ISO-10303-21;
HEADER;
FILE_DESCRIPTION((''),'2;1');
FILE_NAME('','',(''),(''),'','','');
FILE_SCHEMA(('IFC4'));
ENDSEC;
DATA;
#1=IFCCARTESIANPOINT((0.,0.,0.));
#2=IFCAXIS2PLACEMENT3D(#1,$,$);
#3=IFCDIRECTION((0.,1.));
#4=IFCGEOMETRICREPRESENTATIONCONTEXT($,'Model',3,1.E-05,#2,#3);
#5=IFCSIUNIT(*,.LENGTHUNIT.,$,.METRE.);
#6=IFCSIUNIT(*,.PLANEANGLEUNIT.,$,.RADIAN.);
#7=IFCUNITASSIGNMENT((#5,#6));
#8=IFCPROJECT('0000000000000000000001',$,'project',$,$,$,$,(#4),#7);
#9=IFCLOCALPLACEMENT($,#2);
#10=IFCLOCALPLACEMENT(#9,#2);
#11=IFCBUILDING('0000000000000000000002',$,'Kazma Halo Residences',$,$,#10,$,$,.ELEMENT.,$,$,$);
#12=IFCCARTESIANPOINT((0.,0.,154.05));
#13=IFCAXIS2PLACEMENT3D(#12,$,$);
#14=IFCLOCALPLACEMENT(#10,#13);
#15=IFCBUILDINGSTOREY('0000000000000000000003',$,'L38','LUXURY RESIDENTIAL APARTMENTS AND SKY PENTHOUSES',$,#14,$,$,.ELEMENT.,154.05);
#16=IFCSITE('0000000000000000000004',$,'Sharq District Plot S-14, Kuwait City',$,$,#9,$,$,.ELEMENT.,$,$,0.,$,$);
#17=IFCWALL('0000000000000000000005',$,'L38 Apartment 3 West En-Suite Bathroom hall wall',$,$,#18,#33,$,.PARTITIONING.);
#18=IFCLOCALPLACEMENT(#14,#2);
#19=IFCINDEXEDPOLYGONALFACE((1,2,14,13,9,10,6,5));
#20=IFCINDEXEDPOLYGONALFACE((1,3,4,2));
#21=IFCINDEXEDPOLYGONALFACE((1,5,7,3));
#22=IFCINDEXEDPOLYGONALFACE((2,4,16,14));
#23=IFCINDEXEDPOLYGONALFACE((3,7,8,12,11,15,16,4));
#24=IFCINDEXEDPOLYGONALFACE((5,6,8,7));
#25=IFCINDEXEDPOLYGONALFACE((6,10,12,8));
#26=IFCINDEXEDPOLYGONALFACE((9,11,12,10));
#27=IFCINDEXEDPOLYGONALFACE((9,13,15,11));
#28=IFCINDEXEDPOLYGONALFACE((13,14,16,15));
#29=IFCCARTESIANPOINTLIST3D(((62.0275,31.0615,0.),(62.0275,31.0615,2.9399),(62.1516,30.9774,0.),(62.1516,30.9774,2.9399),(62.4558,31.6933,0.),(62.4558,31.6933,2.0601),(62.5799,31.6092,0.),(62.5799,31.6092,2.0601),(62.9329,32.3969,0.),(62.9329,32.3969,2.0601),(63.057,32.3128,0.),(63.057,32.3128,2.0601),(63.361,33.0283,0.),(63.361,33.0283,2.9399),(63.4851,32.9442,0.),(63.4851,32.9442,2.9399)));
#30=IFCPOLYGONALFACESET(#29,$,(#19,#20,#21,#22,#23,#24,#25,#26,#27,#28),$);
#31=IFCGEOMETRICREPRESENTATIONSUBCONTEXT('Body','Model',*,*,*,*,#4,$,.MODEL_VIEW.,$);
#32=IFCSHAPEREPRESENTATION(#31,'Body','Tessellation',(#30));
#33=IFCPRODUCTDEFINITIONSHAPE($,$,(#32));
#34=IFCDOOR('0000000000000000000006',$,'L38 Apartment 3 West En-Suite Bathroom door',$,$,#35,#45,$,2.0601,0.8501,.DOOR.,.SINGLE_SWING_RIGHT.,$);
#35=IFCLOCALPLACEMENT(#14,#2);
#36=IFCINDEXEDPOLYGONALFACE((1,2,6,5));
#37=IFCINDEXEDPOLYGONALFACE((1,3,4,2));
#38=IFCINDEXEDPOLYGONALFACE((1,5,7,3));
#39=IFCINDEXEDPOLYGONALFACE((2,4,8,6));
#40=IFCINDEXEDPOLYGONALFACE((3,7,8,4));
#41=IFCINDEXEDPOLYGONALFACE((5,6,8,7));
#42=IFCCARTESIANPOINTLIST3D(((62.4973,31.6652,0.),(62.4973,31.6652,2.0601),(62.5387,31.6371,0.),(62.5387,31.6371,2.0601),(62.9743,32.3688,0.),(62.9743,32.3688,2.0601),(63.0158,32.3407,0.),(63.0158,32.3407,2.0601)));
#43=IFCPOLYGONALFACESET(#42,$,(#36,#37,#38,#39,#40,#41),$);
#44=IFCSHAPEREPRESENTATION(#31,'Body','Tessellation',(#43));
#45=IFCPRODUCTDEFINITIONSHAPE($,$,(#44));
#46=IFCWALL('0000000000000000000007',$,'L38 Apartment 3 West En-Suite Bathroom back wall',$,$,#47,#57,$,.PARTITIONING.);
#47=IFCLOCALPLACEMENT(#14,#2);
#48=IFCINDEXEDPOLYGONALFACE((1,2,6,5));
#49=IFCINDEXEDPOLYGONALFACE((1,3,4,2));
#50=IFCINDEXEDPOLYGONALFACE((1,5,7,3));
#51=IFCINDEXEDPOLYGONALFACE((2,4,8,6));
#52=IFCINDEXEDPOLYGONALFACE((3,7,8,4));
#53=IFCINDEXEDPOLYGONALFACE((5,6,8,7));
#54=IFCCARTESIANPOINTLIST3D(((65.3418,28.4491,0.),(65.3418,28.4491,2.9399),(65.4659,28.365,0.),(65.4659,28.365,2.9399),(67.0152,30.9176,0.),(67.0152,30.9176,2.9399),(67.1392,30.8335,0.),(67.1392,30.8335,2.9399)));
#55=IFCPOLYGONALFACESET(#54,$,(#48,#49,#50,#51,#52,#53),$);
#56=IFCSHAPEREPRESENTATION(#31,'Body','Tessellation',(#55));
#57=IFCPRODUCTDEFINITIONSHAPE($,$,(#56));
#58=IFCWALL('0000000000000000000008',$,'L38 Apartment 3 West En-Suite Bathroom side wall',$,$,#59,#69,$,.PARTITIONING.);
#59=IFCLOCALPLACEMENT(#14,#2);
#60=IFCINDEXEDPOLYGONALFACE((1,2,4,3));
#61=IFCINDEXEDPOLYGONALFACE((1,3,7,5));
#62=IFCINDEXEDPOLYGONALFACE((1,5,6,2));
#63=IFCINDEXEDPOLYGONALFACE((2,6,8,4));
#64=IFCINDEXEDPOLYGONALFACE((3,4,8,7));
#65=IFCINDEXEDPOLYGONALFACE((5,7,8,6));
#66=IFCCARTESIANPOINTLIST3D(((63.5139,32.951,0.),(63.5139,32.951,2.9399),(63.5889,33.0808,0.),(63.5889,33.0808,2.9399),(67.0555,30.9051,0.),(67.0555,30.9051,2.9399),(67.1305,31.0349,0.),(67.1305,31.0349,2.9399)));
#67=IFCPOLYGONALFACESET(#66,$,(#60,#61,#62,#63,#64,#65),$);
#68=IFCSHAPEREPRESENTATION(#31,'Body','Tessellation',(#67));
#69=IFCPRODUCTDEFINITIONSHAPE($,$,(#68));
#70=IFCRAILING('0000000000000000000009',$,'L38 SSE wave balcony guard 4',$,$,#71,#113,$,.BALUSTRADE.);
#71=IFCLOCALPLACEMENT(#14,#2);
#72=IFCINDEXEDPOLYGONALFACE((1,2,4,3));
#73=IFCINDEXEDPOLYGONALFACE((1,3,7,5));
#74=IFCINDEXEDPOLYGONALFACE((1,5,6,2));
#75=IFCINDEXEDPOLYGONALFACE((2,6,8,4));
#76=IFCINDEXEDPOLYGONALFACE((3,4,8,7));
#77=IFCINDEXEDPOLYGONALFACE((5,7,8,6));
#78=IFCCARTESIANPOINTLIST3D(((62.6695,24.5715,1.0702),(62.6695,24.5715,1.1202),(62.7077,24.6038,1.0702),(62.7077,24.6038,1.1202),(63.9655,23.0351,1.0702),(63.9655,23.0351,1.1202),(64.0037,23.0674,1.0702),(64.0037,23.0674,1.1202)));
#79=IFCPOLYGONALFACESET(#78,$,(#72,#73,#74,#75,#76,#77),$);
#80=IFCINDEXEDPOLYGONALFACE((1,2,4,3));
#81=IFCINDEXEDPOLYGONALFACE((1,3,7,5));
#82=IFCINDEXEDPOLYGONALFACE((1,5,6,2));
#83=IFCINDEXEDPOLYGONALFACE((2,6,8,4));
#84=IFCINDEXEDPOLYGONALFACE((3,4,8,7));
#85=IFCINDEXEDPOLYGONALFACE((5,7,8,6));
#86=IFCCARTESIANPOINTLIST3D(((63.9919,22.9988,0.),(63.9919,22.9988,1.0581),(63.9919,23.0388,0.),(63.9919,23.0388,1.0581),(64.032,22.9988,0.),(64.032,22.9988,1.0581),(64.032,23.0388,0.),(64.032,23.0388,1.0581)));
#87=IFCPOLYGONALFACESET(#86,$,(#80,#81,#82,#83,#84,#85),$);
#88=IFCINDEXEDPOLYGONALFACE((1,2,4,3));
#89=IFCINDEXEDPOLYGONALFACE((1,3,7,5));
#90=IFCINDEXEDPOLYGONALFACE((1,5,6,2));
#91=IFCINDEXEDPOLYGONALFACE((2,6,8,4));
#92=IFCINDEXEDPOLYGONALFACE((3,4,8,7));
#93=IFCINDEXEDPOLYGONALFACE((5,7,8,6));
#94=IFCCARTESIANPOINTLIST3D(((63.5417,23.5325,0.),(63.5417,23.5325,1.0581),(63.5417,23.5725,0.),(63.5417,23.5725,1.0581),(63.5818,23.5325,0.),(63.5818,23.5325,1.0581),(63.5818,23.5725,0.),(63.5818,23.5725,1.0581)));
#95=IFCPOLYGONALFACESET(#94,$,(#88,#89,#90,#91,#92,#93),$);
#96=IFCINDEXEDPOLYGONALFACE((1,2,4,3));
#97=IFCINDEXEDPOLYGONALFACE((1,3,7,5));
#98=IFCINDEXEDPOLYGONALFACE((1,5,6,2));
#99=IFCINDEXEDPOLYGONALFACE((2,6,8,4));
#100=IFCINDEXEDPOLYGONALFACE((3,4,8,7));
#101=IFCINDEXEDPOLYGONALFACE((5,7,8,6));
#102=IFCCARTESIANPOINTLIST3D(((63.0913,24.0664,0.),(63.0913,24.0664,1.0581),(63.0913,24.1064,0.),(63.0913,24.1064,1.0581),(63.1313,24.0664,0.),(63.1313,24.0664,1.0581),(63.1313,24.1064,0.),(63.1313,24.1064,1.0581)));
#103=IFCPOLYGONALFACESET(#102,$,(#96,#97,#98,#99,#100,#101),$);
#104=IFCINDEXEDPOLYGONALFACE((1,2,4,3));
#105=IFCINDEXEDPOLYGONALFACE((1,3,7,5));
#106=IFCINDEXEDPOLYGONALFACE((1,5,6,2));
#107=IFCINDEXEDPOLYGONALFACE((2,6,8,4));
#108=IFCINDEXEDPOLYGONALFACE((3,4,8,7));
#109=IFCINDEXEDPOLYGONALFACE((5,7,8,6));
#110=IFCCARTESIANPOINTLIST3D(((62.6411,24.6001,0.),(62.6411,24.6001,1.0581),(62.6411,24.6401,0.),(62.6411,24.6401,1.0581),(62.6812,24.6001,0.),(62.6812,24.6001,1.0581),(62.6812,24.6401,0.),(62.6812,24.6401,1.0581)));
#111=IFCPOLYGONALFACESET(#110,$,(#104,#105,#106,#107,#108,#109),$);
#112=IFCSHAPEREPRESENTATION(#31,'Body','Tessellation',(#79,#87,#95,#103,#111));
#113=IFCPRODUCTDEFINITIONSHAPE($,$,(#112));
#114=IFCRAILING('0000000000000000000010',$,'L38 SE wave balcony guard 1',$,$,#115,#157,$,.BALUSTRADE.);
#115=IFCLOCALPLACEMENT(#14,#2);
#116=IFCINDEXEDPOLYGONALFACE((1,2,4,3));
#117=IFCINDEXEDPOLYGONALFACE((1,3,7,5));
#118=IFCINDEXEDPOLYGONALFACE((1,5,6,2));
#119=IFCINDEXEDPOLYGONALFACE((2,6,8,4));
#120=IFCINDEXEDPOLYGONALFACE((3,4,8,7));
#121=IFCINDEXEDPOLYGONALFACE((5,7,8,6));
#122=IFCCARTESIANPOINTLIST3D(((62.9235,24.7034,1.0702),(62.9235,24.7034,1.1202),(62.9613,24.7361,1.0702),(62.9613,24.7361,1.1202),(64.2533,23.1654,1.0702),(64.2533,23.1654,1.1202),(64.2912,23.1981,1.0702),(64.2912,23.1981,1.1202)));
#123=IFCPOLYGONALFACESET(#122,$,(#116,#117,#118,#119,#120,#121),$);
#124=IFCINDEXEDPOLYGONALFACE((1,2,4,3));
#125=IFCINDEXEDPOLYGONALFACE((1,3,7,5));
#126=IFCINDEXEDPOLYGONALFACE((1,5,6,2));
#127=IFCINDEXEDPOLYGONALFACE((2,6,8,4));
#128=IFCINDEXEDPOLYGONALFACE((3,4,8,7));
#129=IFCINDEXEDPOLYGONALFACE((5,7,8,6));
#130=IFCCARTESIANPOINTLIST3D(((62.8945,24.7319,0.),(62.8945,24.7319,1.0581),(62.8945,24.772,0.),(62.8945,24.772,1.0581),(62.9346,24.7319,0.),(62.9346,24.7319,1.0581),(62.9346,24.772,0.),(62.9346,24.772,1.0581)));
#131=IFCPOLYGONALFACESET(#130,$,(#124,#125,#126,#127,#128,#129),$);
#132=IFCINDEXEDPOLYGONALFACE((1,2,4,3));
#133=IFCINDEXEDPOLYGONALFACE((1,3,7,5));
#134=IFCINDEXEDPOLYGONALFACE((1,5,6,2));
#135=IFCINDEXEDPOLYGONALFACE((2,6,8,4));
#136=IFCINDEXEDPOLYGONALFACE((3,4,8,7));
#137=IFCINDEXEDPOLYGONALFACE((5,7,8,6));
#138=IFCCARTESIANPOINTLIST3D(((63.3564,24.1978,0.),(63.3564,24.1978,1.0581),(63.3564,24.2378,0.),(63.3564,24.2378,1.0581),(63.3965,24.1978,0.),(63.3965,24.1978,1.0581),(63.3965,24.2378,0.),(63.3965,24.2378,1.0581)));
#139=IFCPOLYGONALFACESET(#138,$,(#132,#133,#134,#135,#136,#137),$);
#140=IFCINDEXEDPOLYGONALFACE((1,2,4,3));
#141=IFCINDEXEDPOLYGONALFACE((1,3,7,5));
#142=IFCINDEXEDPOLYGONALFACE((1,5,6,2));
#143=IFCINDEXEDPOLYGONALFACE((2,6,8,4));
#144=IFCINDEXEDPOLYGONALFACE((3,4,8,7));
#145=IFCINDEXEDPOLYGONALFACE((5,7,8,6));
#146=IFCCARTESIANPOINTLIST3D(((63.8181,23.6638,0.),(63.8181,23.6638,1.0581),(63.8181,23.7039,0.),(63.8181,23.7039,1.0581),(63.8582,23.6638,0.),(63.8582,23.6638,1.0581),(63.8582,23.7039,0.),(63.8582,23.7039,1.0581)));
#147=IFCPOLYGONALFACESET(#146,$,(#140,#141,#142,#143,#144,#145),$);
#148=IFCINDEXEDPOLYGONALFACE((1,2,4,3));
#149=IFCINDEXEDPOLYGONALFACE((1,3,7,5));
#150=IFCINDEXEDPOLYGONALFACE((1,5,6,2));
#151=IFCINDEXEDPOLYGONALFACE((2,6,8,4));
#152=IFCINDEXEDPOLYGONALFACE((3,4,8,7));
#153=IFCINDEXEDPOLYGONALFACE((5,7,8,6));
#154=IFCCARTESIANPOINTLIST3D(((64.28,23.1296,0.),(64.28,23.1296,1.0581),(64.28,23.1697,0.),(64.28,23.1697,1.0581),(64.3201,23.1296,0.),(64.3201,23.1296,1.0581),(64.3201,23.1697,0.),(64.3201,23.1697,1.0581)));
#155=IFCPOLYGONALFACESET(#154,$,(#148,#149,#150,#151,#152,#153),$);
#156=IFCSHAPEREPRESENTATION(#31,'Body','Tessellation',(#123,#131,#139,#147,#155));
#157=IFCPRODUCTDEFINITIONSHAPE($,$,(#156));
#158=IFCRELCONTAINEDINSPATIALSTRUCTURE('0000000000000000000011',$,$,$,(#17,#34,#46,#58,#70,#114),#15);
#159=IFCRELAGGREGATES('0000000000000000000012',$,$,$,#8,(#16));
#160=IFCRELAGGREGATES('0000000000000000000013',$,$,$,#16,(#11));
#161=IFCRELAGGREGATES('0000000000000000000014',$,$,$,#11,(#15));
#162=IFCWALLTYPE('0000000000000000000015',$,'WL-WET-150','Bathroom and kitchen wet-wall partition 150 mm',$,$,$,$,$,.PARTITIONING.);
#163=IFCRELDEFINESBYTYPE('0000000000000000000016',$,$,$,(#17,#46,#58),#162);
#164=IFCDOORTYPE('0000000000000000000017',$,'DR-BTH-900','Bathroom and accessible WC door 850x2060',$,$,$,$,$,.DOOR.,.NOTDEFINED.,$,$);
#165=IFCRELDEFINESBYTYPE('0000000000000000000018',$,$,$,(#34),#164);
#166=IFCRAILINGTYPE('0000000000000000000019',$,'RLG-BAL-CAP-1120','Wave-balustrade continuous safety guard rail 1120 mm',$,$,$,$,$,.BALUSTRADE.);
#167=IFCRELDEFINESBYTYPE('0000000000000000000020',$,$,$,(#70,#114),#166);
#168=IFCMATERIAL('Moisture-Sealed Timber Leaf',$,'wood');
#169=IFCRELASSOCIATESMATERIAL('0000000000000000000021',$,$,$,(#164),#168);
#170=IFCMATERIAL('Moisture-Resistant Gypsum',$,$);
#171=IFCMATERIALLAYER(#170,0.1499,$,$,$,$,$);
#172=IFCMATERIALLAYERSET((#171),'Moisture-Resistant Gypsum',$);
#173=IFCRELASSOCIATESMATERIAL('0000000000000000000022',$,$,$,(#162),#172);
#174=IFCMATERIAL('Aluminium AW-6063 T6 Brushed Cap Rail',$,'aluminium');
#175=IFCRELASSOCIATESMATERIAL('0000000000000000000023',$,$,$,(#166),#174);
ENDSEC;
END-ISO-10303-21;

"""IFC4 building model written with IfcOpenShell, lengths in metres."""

from ifc_helpers import new_model, si_unit, direction, frame, frame_2d, origin, origin_2d, place, context, subcontext, project, spatial, rectangle, extrude, material, layer, layer_set, type_object, element, fill, save


model = new_model("IFC4")

# Units and contexts
model_context = context("Model", 3, precision=1e-05, world=origin(), true_north=direction((0.0, 1.0)))
body_context = subcontext(model_context, "Body", "Model", "MODEL_VIEW")
ifc_project = project(units=[si_unit("LENGTHUNIT", "METRE"), si_unit("PLANEANGLEUNIT", "RADIAN")], contexts=[model_context])

# Site, building, storey
site_placement = place(None, origin())
site = spatial("IfcSite", under=ifc_project, at=site_placement, Name="Sharq District Plot S-14, Kuwait City", CompositionType="ELEMENT", RefElevation=0.0)
building_placement = place(site_placement, origin())
building = spatial("IfcBuilding", under=site, at=building_placement, Name="Kazma Halo Residences", CompositionType="ELEMENT")
storey_placement = place(building_placement, frame((0.0, 0.0, 154.05)))
storey = spatial("IfcBuildingStorey", under=building, at=storey_placement, Name="L38", Description="LUXURY RESIDENTIAL APARTMENTS AND SKY PENTHOUSES", CompositionType="ELEMENT", Elevation=154.05)

# Wall, opening, door
ifc_material_1 = material(Name="Moisture-Sealed Timber Leaf", Category="wood")
door_type_1 = type_object("IfcDoorType", Name="DR-BTH-900", Description="Bathroom and accessible WC door 850x2060", OperationType="NOTDEFINED", PredefinedType="DOOR", material=ifc_material_1)
ifc_material_2 = material(Name="Moisture-Resistant Gypsum")
ifc_layer_1 = layer(ifc_material_2, 0.1499)
ifc_layer_set_1 = layer_set([ifc_layer_1], Name="Moisture-Resistant Gypsum")
wall_type_1 = type_object("IfcWallType", Name="WL-WET-150", Description="Bathroom and kitchen wet-wall partition 150 mm", PredefinedType="PARTITIONING", material=ifc_layer_set_1)
wall_1_placement = place(storey_placement, frame((62.0896, 31.0195, 0.0), z_axis=(0.0, 0.0, 1.0), x_axis=(0.56118, 0.827694, 0.0)))
wall_1 = element("IfcWall", 1, at=wall_1_placement, inside=storey, type_object=wall_type_1, Name="L38 Apartment 3 West En-Suite Bathroom hall wall", PredefinedType="PARTITIONING", context=body_context, shape_type="SweptSolid", body=[
    extrude(rectangle(XDim=2.3762, YDim=0.1499, at=frame_2d((1.188, 0.0))), origin(), (0.0, 0.0, 1.0), 2.9399),
])
opening_1_placement = place(wall_1_placement, frame((0.7632, 0.0, 0.0)))
opening_1 = element("IfcOpeningElement", 2, at=opening_1_placement, cuts=wall_1, PredefinedType="OPENING", context=body_context, shape_type="SweptSolid", body=[
    extrude(rectangle(XDim=0.8501, YDim=2.0601, at=frame_2d((0.425, 1.03))), frame((0.0, 0.085, 0.0), z_axis=(0.0, -1.0, 0.0), x_axis=(1.0, 0.0, 0.0)), (0.0, 0.0, 1.0), 0.1699),
])
door_1_placement = place(opening_1_placement, origin())
door_1 = element("IfcDoor", 3, at=door_1_placement, inside=storey, type_object=door_type_1, Name="L38 Apartment 3 West En-Suite Bathroom door", OperationType="SINGLE_SWING_RIGHT", OverallHeight=2.0601, OverallWidth=0.8501, PredefinedType="DOOR", context=body_context, shape_type="SweptSolid", body=[
    extrude(rectangle(XDim=0.8501, YDim=2.0601, at=frame_2d((0.425, 1.03))), frame((0.0, 0.0249, 0.0), z_axis=(0.0, -1.0, 0.0), x_axis=(1.0, 0.0, 0.0)), (0.0, 0.0, 1.0), 0.05),
])
fill(opening_1, door_1)

# Walls
wall_2_placement = place(storey_placement, frame((65.4038, 28.407, 0.0), z_axis=(0.0, 0.0, 1.0), x_axis=(0.561107, 0.827743, 0.0)))
element("IfcWall", 4, at=wall_2_placement, inside=storey, type_object=wall_type_1, Name="L38 Apartment 3 West En-Suite Bathroom back wall", PredefinedType="PARTITIONING", context=body_context, shape_type="SweptSolid", body=[
    extrude(rectangle(XDim=2.9822, YDim=0.1499, at=frame_2d((1.4912, 0.0))), origin(), (0.0, 0.0, 1.0), 2.9399),
])
wall_3_placement = place(storey_placement, frame((63.5515, 33.0159, 0.0), z_axis=(0.0, 0.0, 1.0), x_axis=(0.865897, -0.500222, 0.0)))
element("IfcWall", 5, at=wall_3_placement, inside=storey, type_object=wall_type_1, Name="L38 Apartment 3 West En-Suite Bathroom side wall", PredefinedType="PARTITIONING", context=body_context, shape_type="SweptSolid", body=[
    extrude(rectangle(XDim=4.0901, YDim=0.1499, at=frame_2d((2.0449, 0.0))), origin(), (0.0, 0.0, 1.0), 2.9399),
])

# Railings
ifc_material_3 = material(Name="Aluminium AW-6063 T6 Brushed Cap Rail", Category="aluminium")
railing_type = type_object("IfcRailingType", Name="RLG-BAL-CAP-1120", Description="Wave-balustrade continuous safety guard rail 1120 mm", PredefinedType="BALUSTRADE", material=ifc_material_3)
railing_1_placement = place(storey_placement, frame((64.012, 23.0188, 0.0)))
element("IfcRailing", 6, at=railing_1_placement, inside=storey, type_object=railing_type, Name="L38 SSE wave balcony guard 4", PredefinedType="BALUSTRADE", context=body_context, shape_type="SweptSolid", body=[
    extrude(rectangle(XDim=0.05, YDim=0.05, at=origin_2d()), frame((-0.0273, 0.0325, 1.0952), z_axis=(-0.644792, 0.764358, 0.0), x_axis=(-0.764358, -0.644792, 0.0)), (0.0, 0.0, 1.0), 2.01),
    extrude(rectangle(XDim=0.04, YDim=0.04, at=origin_2d()), origin(), (0.0, 0.0, 1.0), 1.0581),
    extrude(rectangle(XDim=0.04, YDim=0.04, at=origin_2d()), frame((-0.4502, 0.5337, 0.0)), (0.0, 0.0, 1.0), 1.0581),
    extrude(rectangle(XDim=0.04, YDim=0.04, at=origin_2d()), frame((-0.9006, 1.0676, 0.0)), (0.0, 0.0, 1.0), 1.0581),
    extrude(rectangle(XDim=0.04, YDim=0.04, at=origin_2d()), frame((-1.3508, 1.6013, 0.0)), (0.0, 0.0, 1.0), 1.0581),
])
railing_2_placement = place(storey_placement, frame((62.9146, 24.752, 0.0)))
element("IfcRailing", 7, at=railing_2_placement, inside=storey, type_object=railing_type, Name="L38 SE wave balcony guard 1", PredefinedType="BALUSTRADE", context=body_context, shape_type="SweptSolid", body=[
    extrude(rectangle(XDim=0.05, YDim=0.05, at=origin_2d()), frame((0.0278, -0.0322, 1.0952), z_axis=(0.654079, -0.756426, 0.0), x_axis=(0.756426, 0.654079, 0.0)), (0.0, 0.0, 1.0), 2.0332),
    extrude(rectangle(XDim=0.04, YDim=0.04, at=origin_2d()), origin(), (0.0, 0.0, 1.0), 1.0581),
    extrude(rectangle(XDim=0.04, YDim=0.04, at=origin_2d()), frame((0.4619, -0.5342, 0.0)), (0.0, 0.0, 1.0), 1.0581),
    extrude(rectangle(XDim=0.04, YDim=0.04, at=origin_2d()), frame((0.9236, -1.0681, 0.0)), (0.0, 0.0, 1.0), 1.0581),
    extrude(rectangle(XDim=0.04, YDim=0.04, at=origin_2d()), frame((1.3855, -1.6023, 0.0)), (0.0, 0.0, 1.0), 1.0581),
])

save(model, "model.ifc")
